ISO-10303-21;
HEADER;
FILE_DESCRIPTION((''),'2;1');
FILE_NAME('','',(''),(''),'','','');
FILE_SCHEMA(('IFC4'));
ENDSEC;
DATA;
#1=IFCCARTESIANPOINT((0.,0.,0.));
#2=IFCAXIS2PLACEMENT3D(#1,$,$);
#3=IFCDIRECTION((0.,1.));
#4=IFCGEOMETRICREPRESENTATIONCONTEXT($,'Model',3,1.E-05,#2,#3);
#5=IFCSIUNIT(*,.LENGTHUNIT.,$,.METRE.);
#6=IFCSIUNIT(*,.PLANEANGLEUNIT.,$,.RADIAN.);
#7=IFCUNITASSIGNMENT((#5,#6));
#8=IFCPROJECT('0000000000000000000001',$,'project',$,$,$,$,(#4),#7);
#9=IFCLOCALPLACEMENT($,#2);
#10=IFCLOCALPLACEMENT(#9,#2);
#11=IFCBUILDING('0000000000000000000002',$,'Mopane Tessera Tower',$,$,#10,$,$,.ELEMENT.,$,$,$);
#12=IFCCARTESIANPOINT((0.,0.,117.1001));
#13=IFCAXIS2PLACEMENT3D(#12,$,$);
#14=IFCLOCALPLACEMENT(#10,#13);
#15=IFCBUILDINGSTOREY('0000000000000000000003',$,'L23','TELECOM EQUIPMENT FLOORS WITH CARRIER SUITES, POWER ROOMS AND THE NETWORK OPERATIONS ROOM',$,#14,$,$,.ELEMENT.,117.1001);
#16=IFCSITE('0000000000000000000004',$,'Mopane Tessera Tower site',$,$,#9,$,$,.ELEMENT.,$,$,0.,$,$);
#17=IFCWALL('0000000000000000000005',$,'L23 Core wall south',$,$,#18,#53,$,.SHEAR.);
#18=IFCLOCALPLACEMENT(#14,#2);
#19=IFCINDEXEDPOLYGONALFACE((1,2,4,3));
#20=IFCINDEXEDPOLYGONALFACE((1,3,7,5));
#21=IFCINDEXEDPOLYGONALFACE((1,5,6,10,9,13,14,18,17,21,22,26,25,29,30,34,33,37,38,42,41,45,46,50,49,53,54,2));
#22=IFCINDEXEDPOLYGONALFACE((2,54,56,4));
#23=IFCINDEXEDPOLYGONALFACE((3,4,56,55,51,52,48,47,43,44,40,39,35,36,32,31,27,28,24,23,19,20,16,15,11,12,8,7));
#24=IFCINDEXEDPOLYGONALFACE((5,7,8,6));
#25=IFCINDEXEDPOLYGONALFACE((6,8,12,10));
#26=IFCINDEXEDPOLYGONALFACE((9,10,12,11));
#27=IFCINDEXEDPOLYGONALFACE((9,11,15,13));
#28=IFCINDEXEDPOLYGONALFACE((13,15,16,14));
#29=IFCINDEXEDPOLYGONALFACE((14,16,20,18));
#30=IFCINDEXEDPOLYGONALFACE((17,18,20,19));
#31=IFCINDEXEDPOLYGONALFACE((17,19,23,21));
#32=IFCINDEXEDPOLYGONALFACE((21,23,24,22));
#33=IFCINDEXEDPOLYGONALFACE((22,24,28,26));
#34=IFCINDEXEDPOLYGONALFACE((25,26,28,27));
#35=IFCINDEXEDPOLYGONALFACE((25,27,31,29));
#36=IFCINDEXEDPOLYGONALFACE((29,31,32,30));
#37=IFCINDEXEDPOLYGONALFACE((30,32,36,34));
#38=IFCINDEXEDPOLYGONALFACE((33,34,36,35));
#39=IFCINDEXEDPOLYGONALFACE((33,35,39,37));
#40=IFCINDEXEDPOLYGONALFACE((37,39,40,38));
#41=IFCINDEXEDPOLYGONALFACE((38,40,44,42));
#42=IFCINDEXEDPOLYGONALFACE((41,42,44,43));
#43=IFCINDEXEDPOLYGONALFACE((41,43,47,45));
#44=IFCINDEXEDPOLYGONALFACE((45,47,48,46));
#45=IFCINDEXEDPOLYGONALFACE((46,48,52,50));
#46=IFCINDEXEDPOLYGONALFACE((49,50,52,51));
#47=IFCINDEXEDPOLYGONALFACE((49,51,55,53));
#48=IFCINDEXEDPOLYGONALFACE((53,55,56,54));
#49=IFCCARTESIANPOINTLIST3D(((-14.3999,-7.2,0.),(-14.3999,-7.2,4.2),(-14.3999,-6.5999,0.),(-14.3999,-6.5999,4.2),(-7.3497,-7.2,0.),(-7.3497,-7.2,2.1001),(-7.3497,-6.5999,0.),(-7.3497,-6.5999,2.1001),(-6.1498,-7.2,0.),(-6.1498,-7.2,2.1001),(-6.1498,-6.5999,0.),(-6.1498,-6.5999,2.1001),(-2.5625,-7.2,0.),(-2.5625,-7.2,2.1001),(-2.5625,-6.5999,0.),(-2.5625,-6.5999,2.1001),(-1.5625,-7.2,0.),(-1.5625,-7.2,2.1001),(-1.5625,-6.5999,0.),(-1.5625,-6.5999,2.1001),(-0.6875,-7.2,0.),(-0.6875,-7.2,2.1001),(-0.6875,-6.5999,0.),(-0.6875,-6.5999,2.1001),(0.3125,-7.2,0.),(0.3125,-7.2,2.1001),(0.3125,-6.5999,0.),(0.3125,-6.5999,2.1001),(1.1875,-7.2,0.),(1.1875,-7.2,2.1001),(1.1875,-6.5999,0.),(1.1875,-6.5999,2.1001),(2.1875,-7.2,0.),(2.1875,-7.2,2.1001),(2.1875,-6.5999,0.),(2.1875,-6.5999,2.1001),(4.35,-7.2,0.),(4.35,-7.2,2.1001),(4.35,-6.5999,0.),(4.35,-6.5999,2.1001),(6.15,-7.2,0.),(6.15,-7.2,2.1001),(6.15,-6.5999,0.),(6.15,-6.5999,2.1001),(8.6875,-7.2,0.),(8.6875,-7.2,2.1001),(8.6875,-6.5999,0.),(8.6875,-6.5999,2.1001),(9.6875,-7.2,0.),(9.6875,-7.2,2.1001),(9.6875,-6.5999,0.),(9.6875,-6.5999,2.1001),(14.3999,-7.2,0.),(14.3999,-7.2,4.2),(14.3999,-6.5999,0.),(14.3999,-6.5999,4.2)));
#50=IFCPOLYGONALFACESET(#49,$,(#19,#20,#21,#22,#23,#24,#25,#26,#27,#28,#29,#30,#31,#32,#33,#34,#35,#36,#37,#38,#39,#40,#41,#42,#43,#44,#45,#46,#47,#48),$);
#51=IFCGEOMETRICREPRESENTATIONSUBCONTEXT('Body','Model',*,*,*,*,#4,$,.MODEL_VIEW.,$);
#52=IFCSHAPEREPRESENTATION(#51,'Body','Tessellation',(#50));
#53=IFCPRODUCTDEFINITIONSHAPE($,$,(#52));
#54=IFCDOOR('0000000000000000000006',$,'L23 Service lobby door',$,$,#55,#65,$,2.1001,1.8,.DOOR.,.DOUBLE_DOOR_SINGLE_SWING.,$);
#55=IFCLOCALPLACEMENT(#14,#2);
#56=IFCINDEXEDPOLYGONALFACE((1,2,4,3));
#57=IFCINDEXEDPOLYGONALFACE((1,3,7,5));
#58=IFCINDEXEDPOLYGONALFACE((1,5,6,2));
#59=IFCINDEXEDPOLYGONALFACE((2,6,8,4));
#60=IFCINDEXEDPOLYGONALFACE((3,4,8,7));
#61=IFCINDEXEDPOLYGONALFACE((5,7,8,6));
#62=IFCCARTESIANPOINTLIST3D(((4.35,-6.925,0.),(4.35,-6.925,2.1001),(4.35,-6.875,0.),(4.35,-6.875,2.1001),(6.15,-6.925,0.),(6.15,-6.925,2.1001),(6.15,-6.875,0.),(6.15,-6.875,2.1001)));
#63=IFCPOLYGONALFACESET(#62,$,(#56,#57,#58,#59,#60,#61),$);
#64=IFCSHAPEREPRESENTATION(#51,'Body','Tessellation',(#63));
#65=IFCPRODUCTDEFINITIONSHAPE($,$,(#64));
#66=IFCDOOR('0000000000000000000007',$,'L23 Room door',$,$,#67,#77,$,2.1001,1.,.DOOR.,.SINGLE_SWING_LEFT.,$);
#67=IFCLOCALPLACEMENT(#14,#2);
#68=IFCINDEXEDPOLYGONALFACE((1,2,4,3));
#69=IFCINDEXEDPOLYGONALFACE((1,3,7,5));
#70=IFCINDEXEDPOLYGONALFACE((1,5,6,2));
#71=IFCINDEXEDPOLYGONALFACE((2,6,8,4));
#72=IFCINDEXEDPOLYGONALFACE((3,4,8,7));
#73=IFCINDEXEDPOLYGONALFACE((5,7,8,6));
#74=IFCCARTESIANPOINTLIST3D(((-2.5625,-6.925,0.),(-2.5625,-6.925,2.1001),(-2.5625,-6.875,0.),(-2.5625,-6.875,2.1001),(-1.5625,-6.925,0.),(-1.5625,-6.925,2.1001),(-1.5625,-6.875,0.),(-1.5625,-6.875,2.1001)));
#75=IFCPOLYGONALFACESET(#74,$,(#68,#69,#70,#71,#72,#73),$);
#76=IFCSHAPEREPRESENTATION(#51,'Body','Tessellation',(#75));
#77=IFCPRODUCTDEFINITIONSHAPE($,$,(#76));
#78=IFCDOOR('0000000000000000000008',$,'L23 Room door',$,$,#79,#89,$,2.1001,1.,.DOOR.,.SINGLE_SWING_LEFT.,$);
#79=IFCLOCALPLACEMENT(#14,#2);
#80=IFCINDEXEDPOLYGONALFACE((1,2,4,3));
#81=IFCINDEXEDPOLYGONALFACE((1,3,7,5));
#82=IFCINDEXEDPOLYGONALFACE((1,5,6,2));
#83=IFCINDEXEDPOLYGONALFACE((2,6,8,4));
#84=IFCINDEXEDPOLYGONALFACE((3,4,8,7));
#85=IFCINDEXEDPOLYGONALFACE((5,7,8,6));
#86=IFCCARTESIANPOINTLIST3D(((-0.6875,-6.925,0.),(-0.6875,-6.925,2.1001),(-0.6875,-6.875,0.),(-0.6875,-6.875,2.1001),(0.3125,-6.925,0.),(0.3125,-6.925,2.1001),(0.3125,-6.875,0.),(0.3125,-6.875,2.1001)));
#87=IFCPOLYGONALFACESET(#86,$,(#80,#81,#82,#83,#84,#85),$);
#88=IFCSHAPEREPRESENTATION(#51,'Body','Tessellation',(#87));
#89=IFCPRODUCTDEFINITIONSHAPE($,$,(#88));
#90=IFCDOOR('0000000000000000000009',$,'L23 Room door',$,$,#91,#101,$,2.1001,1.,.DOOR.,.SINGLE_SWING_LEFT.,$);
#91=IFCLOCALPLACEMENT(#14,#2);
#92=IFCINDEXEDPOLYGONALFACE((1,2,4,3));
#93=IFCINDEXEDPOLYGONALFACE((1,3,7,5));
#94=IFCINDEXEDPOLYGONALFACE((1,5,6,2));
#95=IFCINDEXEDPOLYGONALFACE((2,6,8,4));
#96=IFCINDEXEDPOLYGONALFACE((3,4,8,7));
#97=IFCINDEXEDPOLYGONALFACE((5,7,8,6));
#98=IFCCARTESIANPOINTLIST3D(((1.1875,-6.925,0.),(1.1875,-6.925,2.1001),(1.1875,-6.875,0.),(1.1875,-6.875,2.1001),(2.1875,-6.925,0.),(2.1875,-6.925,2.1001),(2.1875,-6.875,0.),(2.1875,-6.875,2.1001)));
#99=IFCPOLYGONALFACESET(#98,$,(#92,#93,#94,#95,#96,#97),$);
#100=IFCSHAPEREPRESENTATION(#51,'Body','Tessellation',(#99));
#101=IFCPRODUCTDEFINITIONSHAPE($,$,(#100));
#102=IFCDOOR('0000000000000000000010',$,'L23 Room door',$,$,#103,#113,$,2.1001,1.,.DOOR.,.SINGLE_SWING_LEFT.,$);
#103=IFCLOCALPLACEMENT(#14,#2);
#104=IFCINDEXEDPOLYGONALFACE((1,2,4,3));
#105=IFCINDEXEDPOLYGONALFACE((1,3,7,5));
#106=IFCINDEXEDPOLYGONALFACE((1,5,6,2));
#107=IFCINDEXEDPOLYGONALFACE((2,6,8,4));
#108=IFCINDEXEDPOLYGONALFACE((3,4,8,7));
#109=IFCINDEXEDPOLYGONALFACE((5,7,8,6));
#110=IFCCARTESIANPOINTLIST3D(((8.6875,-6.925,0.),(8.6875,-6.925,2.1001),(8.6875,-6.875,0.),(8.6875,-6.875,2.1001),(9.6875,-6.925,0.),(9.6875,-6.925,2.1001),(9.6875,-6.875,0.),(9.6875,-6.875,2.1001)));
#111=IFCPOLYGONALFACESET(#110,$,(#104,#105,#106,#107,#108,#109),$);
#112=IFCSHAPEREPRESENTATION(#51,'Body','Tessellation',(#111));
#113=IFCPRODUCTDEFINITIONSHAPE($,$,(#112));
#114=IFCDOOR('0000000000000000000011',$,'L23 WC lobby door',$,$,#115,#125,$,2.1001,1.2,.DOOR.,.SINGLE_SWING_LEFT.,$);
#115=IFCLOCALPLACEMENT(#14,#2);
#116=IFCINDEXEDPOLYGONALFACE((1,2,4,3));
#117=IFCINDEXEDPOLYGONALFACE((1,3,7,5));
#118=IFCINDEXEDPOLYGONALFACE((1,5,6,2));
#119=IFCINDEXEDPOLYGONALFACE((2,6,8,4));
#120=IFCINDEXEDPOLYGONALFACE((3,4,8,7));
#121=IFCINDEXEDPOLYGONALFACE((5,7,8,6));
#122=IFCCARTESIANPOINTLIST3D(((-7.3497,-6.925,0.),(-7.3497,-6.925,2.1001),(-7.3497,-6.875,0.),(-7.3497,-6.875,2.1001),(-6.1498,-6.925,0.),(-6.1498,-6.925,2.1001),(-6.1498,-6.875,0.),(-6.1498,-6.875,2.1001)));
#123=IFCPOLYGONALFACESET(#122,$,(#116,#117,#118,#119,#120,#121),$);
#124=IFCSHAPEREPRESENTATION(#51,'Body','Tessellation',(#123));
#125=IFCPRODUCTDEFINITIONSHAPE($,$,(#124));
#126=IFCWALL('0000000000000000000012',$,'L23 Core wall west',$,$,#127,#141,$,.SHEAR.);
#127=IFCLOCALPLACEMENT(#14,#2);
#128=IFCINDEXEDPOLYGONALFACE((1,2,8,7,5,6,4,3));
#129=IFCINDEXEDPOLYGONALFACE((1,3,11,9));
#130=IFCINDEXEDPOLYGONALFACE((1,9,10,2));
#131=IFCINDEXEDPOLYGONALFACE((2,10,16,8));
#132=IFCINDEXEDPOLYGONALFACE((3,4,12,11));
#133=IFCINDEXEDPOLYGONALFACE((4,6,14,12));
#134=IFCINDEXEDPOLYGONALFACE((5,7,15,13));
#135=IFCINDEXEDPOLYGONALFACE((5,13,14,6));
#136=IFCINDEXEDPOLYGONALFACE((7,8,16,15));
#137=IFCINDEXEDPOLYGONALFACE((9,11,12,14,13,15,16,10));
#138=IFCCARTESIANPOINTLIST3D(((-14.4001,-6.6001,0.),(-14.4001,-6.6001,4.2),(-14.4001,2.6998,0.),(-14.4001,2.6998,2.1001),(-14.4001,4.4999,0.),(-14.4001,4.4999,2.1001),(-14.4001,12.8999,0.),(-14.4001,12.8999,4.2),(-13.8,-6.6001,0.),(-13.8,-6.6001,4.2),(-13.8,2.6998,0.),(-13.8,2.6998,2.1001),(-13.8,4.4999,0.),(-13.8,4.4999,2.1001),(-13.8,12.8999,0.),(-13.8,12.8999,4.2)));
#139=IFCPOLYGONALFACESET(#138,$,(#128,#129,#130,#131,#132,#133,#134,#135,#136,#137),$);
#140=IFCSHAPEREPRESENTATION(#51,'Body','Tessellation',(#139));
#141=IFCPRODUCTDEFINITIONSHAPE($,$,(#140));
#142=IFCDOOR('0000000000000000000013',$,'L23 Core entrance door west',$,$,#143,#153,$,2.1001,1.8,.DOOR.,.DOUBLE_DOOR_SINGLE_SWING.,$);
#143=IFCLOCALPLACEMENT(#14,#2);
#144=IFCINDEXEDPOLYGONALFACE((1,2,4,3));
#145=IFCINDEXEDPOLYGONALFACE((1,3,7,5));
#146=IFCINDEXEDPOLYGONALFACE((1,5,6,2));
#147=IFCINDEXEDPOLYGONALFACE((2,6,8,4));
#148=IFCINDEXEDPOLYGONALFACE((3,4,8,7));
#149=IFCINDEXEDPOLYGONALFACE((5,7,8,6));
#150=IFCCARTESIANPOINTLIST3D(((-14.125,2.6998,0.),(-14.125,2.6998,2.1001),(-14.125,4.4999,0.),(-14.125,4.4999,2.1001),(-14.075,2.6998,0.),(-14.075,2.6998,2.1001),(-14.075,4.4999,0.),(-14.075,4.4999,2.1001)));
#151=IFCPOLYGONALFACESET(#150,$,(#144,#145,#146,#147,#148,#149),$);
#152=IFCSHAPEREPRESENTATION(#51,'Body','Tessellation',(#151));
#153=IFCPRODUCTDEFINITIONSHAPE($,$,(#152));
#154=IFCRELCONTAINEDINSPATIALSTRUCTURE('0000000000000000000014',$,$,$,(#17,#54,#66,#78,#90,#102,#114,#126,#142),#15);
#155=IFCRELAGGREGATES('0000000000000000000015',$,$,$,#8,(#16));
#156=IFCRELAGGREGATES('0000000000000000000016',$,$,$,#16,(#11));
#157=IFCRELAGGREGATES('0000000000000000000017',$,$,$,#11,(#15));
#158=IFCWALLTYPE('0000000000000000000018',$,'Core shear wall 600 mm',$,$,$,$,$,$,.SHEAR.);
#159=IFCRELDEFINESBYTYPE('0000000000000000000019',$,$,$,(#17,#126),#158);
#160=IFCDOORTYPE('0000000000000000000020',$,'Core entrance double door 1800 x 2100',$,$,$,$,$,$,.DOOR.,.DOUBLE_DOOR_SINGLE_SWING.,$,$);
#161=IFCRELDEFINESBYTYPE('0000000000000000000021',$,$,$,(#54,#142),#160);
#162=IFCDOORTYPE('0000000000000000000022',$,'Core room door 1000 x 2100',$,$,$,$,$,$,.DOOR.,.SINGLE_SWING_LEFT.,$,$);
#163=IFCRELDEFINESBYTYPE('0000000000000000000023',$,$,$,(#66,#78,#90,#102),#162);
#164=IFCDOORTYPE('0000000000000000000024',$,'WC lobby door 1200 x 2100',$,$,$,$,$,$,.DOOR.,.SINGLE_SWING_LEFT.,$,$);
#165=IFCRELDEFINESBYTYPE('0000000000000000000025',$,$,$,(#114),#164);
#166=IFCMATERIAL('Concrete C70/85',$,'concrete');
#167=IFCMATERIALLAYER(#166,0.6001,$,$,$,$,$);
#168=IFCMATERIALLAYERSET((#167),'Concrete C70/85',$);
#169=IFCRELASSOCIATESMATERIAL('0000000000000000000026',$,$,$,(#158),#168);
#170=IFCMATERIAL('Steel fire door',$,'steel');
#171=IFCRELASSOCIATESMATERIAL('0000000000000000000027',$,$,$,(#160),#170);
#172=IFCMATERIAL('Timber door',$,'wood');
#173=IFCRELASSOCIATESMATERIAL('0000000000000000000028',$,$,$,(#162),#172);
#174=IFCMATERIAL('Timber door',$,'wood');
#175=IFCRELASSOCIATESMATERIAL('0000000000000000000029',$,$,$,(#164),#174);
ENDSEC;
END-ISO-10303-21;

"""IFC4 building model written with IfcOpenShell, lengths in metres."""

from ifc_helpers import new_model, si_unit, direction, frame, frame_2d, origin, place, context, subcontext, project, spatial, rectangle, extrude, material, layer, layer_set, type_object, element, fill, save


model = new_model("IFC4")

# Units and contexts
model_context = context("Model", 3, precision=1e-05, world=origin(), true_north=direction((0.0, 1.0)))
body_context = subcontext(model_context, "Body", "Model", "MODEL_VIEW")
ifc_project = project(units=[si_unit("LENGTHUNIT", "METRE"), si_unit("PLANEANGLEUNIT", "RADIAN")], contexts=[model_context])

# Site, building, storey
site_placement = place(None, origin())
site = spatial("IfcSite", under=ifc_project, at=site_placement, Name="Mopane Tessera Tower site", CompositionType="ELEMENT", RefElevation=0.0)
building_placement = place(site_placement, origin())
building = spatial("IfcBuilding", under=site, at=building_placement, Name="Mopane Tessera Tower", CompositionType="ELEMENT")
storey_placement = place(building_placement, frame((0.0, 0.0, 117.1001)))
storey = spatial("IfcBuildingStorey", under=building, at=storey_placement, Name="L23", Description="TELECOM EQUIPMENT FLOORS WITH CARRIER SUITES, POWER ROOMS AND THE NETWORK OPERATIONS ROOM", CompositionType="ELEMENT", Elevation=117.1001)

# Wall, openings, doors
ifc_material_1 = material(Name="Concrete C70/85", Category="concrete")
ifc_layer_1 = layer(ifc_material_1, 0.6001)
ifc_layer_set_1 = layer_set([ifc_layer_1], Name="Concrete C70/85")
wall_type_1 = type_object("IfcWallType", Name="Core shear wall 600 mm", PredefinedType="SHEAR", material=ifc_layer_set_1)
wall_1_placement = place(storey_placement, frame((-14.3999, -6.8999, 0.0), z_axis=(0.0, 0.0, 1.0), x_axis=(1.0, 0.0, 0.0)))
wall_1 = element("IfcWall", 1, at=wall_1_placement, inside=storey, type_object=wall_type_1, Name="L23 Core wall south", PredefinedType="SHEAR", context=body_context, shape_type="SweptSolid", body=[
    extrude(rectangle(XDim=28.7998, YDim=0.6001, at=frame_2d((14.3999, 0.0))), origin(), (0.0, 0.0, 1.0), 4.2),
])
opening_1_placement = place(wall_1_placement, frame((7.05, 0.0, 0.0)))
opening_1 = element("IfcOpeningElement", 2, at=opening_1_placement, cuts=wall_1, PredefinedType="OPENING", context=body_context, shape_type="SweptSolid", body=[
    extrude(rectangle(XDim=1.2, YDim=2.1001, at=frame_2d((0.6001, 1.05))), frame((0.0, 0.312, 0.0), z_axis=(0.0, -1.0, 0.0), x_axis=(1.0, 0.0, 0.0)), (0.0, 0.0, 1.0), 0.624),
])
opening_2_placement = place(wall_1_placement, frame((11.8374, 0.0, 0.0)))
opening_2 = element("IfcOpeningElement", 3, at=opening_2_placement, cuts=wall_1, PredefinedType="OPENING", context=body_context, shape_type="SweptSolid", body=[
    extrude(rectangle(XDim=1.0, YDim=2.1001, at=frame_2d((0.5, 1.05))), frame((0.0, 0.312, 0.0), z_axis=(0.0, -1.0, 0.0), x_axis=(1.0, 0.0, 0.0)), (0.0, 0.0, 1.0), 0.624),
])
opening_3_placement = place(wall_1_placement, frame((13.7124, 0.0, 0.0)))
opening_3 = element("IfcOpeningElement", 4, at=opening_3_placement, cuts=wall_1, PredefinedType="OPENING", context=body_context, shape_type="SweptSolid", body=[
    extrude(rectangle(XDim=1.0, YDim=2.1001, at=frame_2d((0.5, 1.05))), frame((0.0, 0.312, 0.0), z_axis=(0.0, -1.0, 0.0), x_axis=(1.0, 0.0, 0.0)), (0.0, 0.0, 1.0), 0.624),
])
opening_4_placement = place(wall_1_placement, frame((15.5874, 0.0, 0.0)))
opening_4 = element("IfcOpeningElement", 5, at=opening_4_placement, cuts=wall_1, PredefinedType="OPENING", context=body_context, shape_type="SweptSolid", body=[
    extrude(rectangle(XDim=1.0, YDim=2.1001, at=frame_2d((0.5, 1.05))), frame((0.0, 0.312, 0.0), z_axis=(0.0, -1.0, 0.0), x_axis=(1.0, 0.0, 0.0)), (0.0, 0.0, 1.0), 0.624),
])
opening_5_placement = place(wall_1_placement, frame((18.75, 0.0, 0.0)))
opening_5 = element("IfcOpeningElement", 6, at=opening_5_placement, cuts=wall_1, PredefinedType="OPENING", context=body_context, shape_type="SweptSolid", body=[
    extrude(rectangle(XDim=1.8, YDim=2.1001, at=frame_2d((0.8999, 1.05))), frame((0.0, 0.312, 0.0), z_axis=(0.0, -1.0, 0.0), x_axis=(1.0, 0.0, 0.0)), (0.0, 0.0, 1.0), 0.624),
])
opening_6_placement = place(wall_1_placement, frame((23.0874, 0.0, 0.0)))
opening_6 = element("IfcOpeningElement", 7, at=opening_6_placement, cuts=wall_1, PredefinedType="OPENING", context=body_context, shape_type="SweptSolid", body=[
    extrude(rectangle(XDim=1.0, YDim=2.1001, at=frame_2d((0.5, 1.05))), frame((0.0, 0.312, 0.0), z_axis=(0.0, -1.0, 0.0), x_axis=(1.0, 0.0, 0.0)), (0.0, 0.0, 1.0), 0.624),
])
ifc_material_2 = material(Name="Steel fire door", Category="steel")
door_type_1 = type_object("IfcDoorType", Name="Core entrance double door 1800 x 2100", OperationType="DOUBLE_DOOR_SINGLE_SWING", PredefinedType="DOOR", material=ifc_material_2)
door_1_placement = place(opening_5_placement, origin())
door_1 = element("IfcDoor", 8, at=door_1_placement, inside=storey, type_object=door_type_1, Name="L23 Service lobby door", OperationType="DOUBLE_DOOR_SINGLE_SWING", OverallHeight=2.1001, OverallWidth=1.8, PredefinedType="DOOR", context=body_context, shape_type="SweptSolid", body=[
    extrude(rectangle(XDim=1.8, YDim=2.1001, at=frame_2d((0.8999, 1.05))), frame((0.0, 0.0249, 0.0), z_axis=(0.0, -1.0, 0.0), x_axis=(1.0, 0.0, 0.0)), (0.0, 0.0, 1.0), 0.05),
])
fill(opening_5, door_1)
ifc_material_3 = material(Name="Timber door", Category="wood")
door_type_2 = type_object("IfcDoorType", Name="Core room door 1000 x 2100", OperationType="SINGLE_SWING_LEFT", PredefinedType="DOOR", material=ifc_material_3)
door_2_placement = place(opening_2_placement, origin())
door_2 = element("IfcDoor", 9, at=door_2_placement, inside=storey, type_object=door_type_2, Name="L23 Room door", OperationType="SINGLE_SWING_LEFT", OverallHeight=2.1001, OverallWidth=1.0, PredefinedType="DOOR", context=body_context, shape_type="SweptSolid", body=[
    extrude(rectangle(XDim=1.0, YDim=2.1001, at=frame_2d((0.5, 1.05))), frame((0.0, 0.0249, 0.0), z_axis=(0.0, -1.0, 0.0), x_axis=(1.0, 0.0, 0.0)), (0.0, 0.0, 1.0), 0.05),
])
fill(opening_2, door_2)
door_3_placement = place(opening_3_placement, origin())
door_3 = element("IfcDoor", 10, at=door_3_placement, inside=storey, type_object=door_type_2, Name="L23 Room door", OperationType="SINGLE_SWING_LEFT", OverallHeight=2.1001, OverallWidth=1.0, PredefinedType="DOOR", context=body_context, shape_type="SweptSolid", body=[
    extrude(rectangle(XDim=1.0, YDim=2.1001, at=frame_2d((0.5, 1.05))), frame((0.0, 0.0249, 0.0), z_axis=(0.0, -1.0, 0.0), x_axis=(1.0, 0.0, 0.0)), (0.0, 0.0, 1.0), 0.05),
])
fill(opening_3, door_3)
door_4_placement = place(opening_4_placement, origin())
door_4 = element("IfcDoor", 11, at=door_4_placement, inside=storey, type_object=door_type_2, Name="L23 Room door", OperationType="SINGLE_SWING_LEFT", OverallHeight=2.1001, OverallWidth=1.0, PredefinedType="DOOR", context=body_context, shape_type="SweptSolid", body=[
    extrude(rectangle(XDim=1.0, YDim=2.1001, at=frame_2d((0.5, 1.05))), frame((0.0, 0.0249, 0.0), z_axis=(0.0, -1.0, 0.0), x_axis=(1.0, 0.0, 0.0)), (0.0, 0.0, 1.0), 0.05),
])
fill(opening_4, door_4)
door_5_placement = place(opening_6_placement, origin())
door_5 = element("IfcDoor", 12, at=door_5_placement, inside=storey, type_object=door_type_2, Name="L23 Room door", OperationType="SINGLE_SWING_LEFT", OverallHeight=2.1001, OverallWidth=1.0, PredefinedType="DOOR", context=body_context, shape_type="SweptSolid", body=[
    extrude(rectangle(XDim=1.0, YDim=2.1001, at=frame_2d((0.5, 1.05))), frame((0.0, 0.0249, 0.0), z_axis=(0.0, -1.0, 0.0), x_axis=(1.0, 0.0, 0.0)), (0.0, 0.0, 1.0), 0.05),
])
fill(opening_6, door_5)
ifc_material_4 = material(Name="Timber door", Category="wood")
door_type_3 = type_object("IfcDoorType", Name="WC lobby door 1200 x 2100", OperationType="SINGLE_SWING_LEFT", PredefinedType="DOOR", material=ifc_material_4)
door_6_placement = place(opening_1_placement, origin())
door_6 = element("IfcDoor", 13, at=door_6_placement, inside=storey, type_object=door_type_3, Name="L23 WC lobby door", OperationType="SINGLE_SWING_LEFT", OverallHeight=2.1001, OverallWidth=1.2, PredefinedType="DOOR", context=body_context, shape_type="SweptSolid", body=[
    extrude(rectangle(XDim=1.2, YDim=2.1001, at=frame_2d((0.6001, 1.05))), frame((0.0, 0.0249, 0.0), z_axis=(0.0, -1.0, 0.0), x_axis=(1.0, 0.0, 0.0)), (0.0, 0.0, 1.0), 0.05),
])
fill(opening_1, door_6)

# Wall, opening, door
wall_2_placement = place(storey_placement, frame((-14.1001, -6.6001, 0.0), z_axis=(0.0, 0.0, 1.0), x_axis=(0.0, 1.0, 0.0)))
wall_2 = element("IfcWall", 14, at=wall_2_placement, inside=storey, type_object=wall_type_1, Name="L23 Core wall west", PredefinedType="SHEAR", context=body_context, shape_type="SweptSolid", body=[
    extrude(rectangle(XDim=19.5, YDim=0.6001, at=frame_2d((9.75, 0.0))), origin(), (0.0, 0.0, 1.0), 4.2),
])
opening_7_placement = place(wall_2_placement, frame((9.3, 0.0, 0.0)))
opening_7 = element("IfcOpeningElement", 15, at=opening_7_placement, cuts=wall_2, PredefinedType="OPENING", context=body_context, shape_type="SweptSolid", body=[
    extrude(rectangle(XDim=1.8, YDim=2.1001, at=frame_2d((0.8999, 1.05))), frame((0.0, 0.312, 0.0), z_axis=(0.0, -1.0, 0.0), x_axis=(1.0, 0.0, 0.0)), (0.0, 0.0, 1.0), 0.624),
])
door_7_placement = place(opening_7_placement, origin())
door_7 = element("IfcDoor", 16, at=door_7_placement, inside=storey, type_object=door_type_1, Name="L23 Core entrance door west", OperationType="DOUBLE_DOOR_SINGLE_SWING", OverallHeight=2.1001, OverallWidth=1.8, PredefinedType="DOOR", context=body_context, shape_type="SweptSolid", body=[
    extrude(rectangle(XDim=1.8, YDim=2.1001, at=frame_2d((0.8999, 1.05))), frame((0.0, 0.0249, 0.0), z_axis=(0.0, -1.0, 0.0), x_axis=(1.0, 0.0, 0.0)), (0.0, 0.0, 1.0), 0.05),
])
fill(opening_7, door_7)

save(model, "model.ifc")
